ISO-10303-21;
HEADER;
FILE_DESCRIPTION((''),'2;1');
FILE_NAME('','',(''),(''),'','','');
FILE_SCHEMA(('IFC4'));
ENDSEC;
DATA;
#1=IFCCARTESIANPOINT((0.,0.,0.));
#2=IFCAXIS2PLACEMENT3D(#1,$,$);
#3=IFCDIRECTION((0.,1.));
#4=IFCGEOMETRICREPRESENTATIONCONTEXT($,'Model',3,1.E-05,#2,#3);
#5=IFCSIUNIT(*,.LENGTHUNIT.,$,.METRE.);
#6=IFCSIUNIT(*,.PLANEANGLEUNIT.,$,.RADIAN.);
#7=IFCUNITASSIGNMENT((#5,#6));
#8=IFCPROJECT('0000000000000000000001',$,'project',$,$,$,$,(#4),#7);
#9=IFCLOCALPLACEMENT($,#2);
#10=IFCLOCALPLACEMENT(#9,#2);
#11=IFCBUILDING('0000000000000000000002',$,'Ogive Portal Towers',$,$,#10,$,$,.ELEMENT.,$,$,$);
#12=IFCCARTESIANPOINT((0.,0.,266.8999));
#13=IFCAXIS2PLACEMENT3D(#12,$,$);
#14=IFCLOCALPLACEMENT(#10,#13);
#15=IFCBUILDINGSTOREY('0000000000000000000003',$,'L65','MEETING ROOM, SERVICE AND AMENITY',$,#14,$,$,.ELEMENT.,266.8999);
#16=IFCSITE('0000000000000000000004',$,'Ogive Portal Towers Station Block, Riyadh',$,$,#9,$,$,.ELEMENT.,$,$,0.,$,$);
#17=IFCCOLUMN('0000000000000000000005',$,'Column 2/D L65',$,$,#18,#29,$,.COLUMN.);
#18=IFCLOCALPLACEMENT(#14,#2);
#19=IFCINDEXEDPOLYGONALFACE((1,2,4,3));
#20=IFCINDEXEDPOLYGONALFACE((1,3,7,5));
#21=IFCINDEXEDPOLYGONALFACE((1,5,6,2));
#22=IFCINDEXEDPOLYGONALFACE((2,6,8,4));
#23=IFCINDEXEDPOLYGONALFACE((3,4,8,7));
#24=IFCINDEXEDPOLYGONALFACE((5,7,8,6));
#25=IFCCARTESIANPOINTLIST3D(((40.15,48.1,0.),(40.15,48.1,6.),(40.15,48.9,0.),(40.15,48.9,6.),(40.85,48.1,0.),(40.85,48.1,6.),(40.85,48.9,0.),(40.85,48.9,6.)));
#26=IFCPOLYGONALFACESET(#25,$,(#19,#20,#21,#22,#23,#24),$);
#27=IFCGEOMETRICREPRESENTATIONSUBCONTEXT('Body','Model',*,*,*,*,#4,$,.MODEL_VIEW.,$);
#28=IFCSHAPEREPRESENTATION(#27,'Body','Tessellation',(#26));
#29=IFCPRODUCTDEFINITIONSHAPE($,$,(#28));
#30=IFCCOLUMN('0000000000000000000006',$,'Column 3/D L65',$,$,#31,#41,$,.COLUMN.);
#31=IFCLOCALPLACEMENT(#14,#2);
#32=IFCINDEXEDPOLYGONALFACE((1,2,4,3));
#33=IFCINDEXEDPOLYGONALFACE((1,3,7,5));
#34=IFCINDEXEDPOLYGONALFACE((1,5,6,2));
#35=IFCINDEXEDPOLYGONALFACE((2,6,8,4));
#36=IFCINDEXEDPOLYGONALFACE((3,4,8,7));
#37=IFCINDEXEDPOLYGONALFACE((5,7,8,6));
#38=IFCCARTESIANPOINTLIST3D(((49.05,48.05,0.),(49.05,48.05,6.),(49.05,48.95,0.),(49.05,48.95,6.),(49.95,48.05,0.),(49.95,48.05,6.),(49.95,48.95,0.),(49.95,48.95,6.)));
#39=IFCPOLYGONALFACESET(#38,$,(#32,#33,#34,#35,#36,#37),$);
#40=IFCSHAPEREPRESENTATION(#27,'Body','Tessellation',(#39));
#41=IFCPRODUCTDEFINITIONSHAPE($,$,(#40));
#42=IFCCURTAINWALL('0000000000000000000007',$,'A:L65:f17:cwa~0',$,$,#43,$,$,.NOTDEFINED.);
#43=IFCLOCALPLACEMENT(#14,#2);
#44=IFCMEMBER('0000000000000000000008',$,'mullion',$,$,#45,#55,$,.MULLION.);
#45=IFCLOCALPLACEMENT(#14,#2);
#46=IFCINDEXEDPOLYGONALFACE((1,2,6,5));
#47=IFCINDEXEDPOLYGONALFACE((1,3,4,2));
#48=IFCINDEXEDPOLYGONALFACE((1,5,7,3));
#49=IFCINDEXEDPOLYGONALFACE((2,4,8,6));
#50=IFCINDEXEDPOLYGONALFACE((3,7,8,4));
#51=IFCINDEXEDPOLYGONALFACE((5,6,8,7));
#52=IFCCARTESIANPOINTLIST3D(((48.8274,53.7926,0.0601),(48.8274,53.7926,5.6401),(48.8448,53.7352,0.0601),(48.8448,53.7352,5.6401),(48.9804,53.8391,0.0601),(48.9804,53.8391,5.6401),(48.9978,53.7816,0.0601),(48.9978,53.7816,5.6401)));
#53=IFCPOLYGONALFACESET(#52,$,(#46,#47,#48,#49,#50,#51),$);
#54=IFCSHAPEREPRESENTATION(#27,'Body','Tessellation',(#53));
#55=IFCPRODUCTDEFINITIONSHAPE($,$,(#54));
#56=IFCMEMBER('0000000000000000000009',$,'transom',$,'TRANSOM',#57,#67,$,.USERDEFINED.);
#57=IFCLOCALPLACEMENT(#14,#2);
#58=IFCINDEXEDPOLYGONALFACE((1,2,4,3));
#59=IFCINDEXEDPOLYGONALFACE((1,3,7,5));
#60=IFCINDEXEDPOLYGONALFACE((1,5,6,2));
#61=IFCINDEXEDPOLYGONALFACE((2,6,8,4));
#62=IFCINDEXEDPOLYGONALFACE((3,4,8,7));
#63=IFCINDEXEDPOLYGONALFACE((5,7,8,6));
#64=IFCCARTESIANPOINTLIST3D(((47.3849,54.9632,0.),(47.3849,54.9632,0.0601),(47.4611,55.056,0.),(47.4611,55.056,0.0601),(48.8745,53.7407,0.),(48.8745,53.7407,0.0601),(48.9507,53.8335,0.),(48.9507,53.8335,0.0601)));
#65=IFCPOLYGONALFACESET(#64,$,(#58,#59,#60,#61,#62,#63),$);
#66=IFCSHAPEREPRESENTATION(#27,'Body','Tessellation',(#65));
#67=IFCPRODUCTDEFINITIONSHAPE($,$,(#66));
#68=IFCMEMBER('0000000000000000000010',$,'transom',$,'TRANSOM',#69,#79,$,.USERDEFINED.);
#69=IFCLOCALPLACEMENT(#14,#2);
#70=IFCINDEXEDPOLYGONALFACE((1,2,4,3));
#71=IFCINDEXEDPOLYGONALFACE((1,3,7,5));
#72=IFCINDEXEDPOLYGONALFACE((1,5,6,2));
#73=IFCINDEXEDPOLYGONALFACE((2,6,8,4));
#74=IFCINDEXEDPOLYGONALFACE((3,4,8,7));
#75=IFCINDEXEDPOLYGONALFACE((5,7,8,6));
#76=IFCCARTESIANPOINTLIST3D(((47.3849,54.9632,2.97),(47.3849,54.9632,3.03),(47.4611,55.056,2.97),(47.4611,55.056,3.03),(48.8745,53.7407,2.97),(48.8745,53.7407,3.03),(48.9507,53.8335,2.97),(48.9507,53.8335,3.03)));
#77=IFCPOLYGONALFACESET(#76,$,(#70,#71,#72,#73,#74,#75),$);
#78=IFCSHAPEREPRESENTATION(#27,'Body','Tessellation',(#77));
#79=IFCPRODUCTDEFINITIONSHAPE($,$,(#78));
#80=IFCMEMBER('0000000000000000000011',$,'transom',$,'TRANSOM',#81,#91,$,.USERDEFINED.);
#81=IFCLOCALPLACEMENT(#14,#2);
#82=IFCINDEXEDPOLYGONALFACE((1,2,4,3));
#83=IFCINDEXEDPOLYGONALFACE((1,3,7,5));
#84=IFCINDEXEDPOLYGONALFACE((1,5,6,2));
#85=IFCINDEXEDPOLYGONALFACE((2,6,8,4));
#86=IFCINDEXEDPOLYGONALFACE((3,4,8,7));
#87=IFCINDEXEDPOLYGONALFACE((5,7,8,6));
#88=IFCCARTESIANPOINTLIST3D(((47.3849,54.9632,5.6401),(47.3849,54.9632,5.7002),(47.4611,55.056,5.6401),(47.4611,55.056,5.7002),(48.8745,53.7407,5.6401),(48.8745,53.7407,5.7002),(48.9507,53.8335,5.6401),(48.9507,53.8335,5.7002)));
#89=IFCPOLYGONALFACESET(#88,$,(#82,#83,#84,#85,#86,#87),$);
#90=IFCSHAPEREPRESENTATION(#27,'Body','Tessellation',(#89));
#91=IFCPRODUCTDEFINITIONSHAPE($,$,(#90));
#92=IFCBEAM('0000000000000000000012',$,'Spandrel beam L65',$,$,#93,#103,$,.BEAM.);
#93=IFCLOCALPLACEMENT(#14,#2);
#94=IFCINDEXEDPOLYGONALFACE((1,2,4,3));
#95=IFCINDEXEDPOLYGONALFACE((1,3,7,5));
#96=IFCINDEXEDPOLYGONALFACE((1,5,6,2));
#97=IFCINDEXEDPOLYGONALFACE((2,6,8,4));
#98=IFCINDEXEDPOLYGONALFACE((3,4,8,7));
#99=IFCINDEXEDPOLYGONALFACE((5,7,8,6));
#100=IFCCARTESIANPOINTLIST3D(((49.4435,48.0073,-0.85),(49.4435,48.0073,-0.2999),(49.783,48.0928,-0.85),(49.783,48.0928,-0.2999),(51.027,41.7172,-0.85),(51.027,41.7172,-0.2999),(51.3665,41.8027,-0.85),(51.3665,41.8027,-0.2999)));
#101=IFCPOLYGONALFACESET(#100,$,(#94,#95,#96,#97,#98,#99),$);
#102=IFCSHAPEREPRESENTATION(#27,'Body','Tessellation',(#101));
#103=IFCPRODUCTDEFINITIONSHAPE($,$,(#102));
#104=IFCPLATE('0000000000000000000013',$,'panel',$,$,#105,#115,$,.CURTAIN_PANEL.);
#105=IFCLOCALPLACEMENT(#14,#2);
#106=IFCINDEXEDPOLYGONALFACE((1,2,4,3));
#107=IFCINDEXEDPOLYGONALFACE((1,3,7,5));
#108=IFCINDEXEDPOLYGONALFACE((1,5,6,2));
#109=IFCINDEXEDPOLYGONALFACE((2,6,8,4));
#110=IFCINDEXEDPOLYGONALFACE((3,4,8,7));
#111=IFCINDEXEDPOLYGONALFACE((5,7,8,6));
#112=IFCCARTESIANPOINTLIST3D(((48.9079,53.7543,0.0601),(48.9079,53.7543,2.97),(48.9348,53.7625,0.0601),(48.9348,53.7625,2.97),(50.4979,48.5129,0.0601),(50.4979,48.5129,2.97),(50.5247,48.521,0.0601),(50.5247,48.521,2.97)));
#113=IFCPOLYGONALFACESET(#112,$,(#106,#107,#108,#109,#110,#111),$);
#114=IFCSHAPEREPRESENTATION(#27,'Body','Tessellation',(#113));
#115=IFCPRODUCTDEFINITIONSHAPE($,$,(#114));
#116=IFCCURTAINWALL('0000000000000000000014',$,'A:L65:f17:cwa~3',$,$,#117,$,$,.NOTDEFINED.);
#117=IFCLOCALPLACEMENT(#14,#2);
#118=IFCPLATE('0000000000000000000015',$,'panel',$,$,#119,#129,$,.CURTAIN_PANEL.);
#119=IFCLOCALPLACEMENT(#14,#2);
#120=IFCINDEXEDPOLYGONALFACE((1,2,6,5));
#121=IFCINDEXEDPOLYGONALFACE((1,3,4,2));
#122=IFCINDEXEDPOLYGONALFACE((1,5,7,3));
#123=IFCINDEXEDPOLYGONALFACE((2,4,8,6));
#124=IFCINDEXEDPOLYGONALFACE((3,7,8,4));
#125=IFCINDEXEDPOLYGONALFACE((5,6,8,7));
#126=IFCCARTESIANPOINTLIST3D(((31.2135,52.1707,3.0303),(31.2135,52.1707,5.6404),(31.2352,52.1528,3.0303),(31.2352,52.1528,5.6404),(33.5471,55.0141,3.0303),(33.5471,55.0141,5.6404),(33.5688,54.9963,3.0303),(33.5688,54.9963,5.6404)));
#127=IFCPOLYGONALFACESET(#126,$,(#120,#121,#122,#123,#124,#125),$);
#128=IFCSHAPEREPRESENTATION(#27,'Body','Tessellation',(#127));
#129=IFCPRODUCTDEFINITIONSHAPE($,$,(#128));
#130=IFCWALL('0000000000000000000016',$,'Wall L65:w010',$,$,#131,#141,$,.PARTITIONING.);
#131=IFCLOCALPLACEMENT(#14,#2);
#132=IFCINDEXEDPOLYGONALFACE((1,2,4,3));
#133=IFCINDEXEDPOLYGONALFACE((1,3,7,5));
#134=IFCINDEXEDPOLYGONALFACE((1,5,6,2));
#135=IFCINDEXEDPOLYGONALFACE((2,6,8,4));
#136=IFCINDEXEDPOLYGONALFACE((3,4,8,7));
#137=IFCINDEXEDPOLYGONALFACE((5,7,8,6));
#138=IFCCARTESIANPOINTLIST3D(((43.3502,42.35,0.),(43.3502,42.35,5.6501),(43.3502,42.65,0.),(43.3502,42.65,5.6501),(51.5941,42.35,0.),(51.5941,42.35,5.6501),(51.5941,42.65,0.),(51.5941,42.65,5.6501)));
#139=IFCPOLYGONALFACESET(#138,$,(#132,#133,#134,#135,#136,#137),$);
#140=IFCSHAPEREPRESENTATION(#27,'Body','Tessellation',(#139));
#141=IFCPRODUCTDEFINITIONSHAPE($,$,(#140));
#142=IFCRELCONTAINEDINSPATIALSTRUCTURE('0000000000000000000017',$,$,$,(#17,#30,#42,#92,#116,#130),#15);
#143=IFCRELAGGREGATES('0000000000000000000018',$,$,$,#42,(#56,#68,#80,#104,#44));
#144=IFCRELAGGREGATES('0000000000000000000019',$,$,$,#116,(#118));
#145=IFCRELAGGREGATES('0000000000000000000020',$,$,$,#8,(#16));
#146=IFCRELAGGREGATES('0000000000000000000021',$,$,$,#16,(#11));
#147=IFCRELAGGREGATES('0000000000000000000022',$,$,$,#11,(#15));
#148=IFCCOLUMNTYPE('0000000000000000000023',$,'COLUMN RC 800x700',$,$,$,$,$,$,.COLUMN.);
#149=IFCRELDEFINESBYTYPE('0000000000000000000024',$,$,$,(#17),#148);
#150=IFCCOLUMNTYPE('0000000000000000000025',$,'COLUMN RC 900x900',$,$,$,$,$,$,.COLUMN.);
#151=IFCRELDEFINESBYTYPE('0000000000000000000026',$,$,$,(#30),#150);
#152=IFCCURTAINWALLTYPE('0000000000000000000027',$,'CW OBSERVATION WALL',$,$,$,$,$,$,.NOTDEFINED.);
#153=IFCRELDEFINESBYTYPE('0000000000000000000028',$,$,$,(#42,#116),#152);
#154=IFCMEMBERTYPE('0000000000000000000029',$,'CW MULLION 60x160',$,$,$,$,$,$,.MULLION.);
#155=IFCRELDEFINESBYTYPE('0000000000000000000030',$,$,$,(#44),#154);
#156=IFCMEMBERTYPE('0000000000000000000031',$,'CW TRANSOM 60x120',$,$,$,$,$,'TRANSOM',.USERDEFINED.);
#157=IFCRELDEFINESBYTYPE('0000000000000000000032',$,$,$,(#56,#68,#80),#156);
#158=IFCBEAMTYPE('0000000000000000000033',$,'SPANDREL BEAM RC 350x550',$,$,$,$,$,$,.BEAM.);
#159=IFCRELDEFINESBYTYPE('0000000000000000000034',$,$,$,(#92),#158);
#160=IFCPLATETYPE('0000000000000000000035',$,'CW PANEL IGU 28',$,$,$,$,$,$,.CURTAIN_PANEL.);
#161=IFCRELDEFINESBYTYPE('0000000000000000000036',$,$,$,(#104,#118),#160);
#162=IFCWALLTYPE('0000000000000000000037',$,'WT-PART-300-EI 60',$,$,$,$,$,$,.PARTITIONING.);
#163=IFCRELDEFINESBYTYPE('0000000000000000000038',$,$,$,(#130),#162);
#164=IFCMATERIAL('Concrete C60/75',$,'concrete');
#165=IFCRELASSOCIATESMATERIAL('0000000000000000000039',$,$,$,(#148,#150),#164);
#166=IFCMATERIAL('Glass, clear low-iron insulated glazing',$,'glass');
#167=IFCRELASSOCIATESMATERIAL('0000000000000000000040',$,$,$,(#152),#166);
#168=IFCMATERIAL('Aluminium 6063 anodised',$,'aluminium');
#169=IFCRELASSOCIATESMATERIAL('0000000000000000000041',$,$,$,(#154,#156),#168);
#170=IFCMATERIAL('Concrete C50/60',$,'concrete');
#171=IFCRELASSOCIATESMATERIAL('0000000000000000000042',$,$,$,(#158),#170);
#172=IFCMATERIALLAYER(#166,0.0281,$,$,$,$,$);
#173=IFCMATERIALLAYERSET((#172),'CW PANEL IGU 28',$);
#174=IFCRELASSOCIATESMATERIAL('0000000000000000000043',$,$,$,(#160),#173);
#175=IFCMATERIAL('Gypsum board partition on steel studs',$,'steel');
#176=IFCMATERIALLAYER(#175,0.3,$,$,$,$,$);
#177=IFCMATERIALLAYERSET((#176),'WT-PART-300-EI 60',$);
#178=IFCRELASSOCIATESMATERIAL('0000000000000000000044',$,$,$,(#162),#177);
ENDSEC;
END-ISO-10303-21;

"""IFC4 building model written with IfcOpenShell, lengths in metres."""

from ifc_helpers import new_model, si_unit, direction, frame, frame_2d, origin, origin_2d, place, context, subcontext, project, spatial, rectangle, extrude, material, layer, layer_set, material_profile, profile_set, type_object, element, aggregate, save


model = new_model("IFC4")

# Units and contexts
model_context = context("Model", 3, precision=1e-05, world=origin(), true_north=direction((0.0, 1.0)))
body_context = subcontext(model_context, "Body", "Model", "MODEL_VIEW")
ifc_project = project(units=[si_unit("LENGTHUNIT", "METRE"), si_unit("PLANEANGLEUNIT", "RADIAN")], contexts=[model_context])

# Site, building, storey
site_placement = place(None, origin())
site = spatial("IfcSite", under=ifc_project, at=site_placement, Name="Ogive Portal Towers Station Block, Riyadh", CompositionType="ELEMENT", RefElevation=0.0)
building_placement = place(site_placement, origin())
building = spatial("IfcBuilding", under=site, at=building_placement, Name="Ogive Portal Towers", CompositionType="ELEMENT")
storey_placement = place(building_placement, frame((0.0, 0.0, 266.8999)))
storey = spatial("IfcBuildingStorey", under=building, at=storey_placement, Name="L65", Description="MEETING ROOM, SERVICE AND AMENITY", CompositionType="ELEMENT", Elevation=266.8999)

# Columns
ifc_material_1 = material(Name="Concrete C60/75", Category="concrete")
ifc_material_profile_1 = material_profile(ifc_material_1, rectangle(XDim=0.8, YDim=0.7, at=origin_2d()), Name="RC 800x700")
ifc_profile_set_1 = profile_set([ifc_material_profile_1], Name="Concrete C60/75")
column_type_1 = type_object("IfcColumnType", Name="COLUMN RC 800x700", PredefinedType="COLUMN", material=ifc_profile_set_1)
column_1_placement = place(storey_placement, frame((40.5, 48.5, 0.0), z_axis=(0.0, 0.0, 1.0), x_axis=(0.0, 1.0, 0.0)))
element("IfcColumn", 1, at=column_1_placement, inside=storey, type_object=column_type_1, Name="Column 2/D L65", PredefinedType="COLUMN", context=body_context, shape_type="SweptSolid", body=[
    extrude(rectangle(XDim=0.8, YDim=0.7, at=origin_2d()), origin(), (0.0, 0.0, 1.0), 6.0),
])
ifc_material_profile_2 = material_profile(ifc_material_1, rectangle(XDim=0.8999, YDim=0.8999, at=origin_2d()), Name="RC 900x900")
ifc_profile_set_2 = profile_set([ifc_material_profile_2], Name="Concrete C60/75")
column_type_2 = type_object("IfcColumnType", Name="COLUMN RC 900x900", PredefinedType="COLUMN", material=ifc_profile_set_2)
column_2_placement = place(storey_placement, frame((49.5, 48.5, 0.0), z_axis=(0.0, 0.0, 1.0), x_axis=(1.0, 0.0, 0.0)))
element("IfcColumn", 2, at=column_2_placement, inside=storey, type_object=column_type_2, Name="Column 3/D L65", PredefinedType="COLUMN", context=body_context, shape_type="SweptSolid", body=[
    extrude(rectangle(XDim=0.8999, YDim=0.8999, at=origin_2d()), origin(), (0.0, 0.0, 1.0), 6.0),
])

# Curtain wall, members
ifc_material_2 = material(Name="Glass, clear low-iron insulated glazing", Category="glass")
curtain_wall_type = type_object("IfcCurtainWallType", Name="CW OBSERVATION WALL", PredefinedType="NOTDEFINED", material=ifc_material_2)
curtain_wall_1_placement = place(storey_placement, origin())
curtain_wall_1 = element("IfcCurtainWall", 3, at=curtain_wall_1_placement, inside=storey, type_object=curtain_wall_type, Name="A:L65:f17:cwa~0", PredefinedType="NOTDEFINED")
ifc_material_3 = material(Name="Aluminium 6063 anodised", Category="aluminium")
ifc_material_profile_3 = material_profile(ifc_material_3, rectangle(XDim=0.1599, YDim=0.0601, at=origin_2d()), Name="AL 60x160")
ifc_profile_set_3 = profile_set([ifc_material_profile_3], Name="Aluminium 6063 anodised")
member_type_1 = type_object("IfcMemberType", Name="CW MULLION 60x160", PredefinedType="MULLION", material=ifc_profile_set_3)
member_1_placement = place(storey_placement, frame((48.9126, 53.7871, 0.0601), z_axis=(0.0, 0.0, 1.0), x_axis=(-0.95694, -0.290285, 0.0)))
member_1 = element("IfcMember", 4, at=member_1_placement, type_object=member_type_1, Name="mullion", PredefinedType="MULLION", context=body_context, shape_type="SweptSolid", body=[
    extrude(rectangle(XDim=0.1599, YDim=0.0601, at=origin_2d()), origin(), (0.0, 0.0, 1.0), 5.5801),
])
ifc_material_profile_4 = material_profile(ifc_material_3, rectangle(XDim=0.1201, YDim=0.0601, at=origin_2d()), Name="AL 120x60")
ifc_profile_set_4 = profile_set([ifc_material_profile_4], Name="Aluminium 6063 anodised")
member_type_2 = type_object("IfcMemberType", Name="CW TRANSOM 60x120", ElementType="TRANSOM", PredefinedType="USERDEFINED", material=ifc_profile_set_4)
member_2_placement = place(storey_placement, frame((48.9126, 53.7871, 0.03), z_axis=(-0.773008, 0.634396, 0.0), x_axis=(-0.634396, -0.773008, 0.0)))
member_2 = element("IfcMember", 5, at=member_2_placement, type_object=member_type_2, Name="transom", ObjectType="TRANSOM", PredefinedType="USERDEFINED", context=body_context, shape_type="SweptSolid", body=[
    extrude(rectangle(XDim=0.1201, YDim=0.0601, at=origin_2d()), origin(), (0.0, 0.0, 1.0), 1.927),
])
member_3_placement = place(storey_placement, frame((48.9126, 53.7871, 3.0), z_axis=(-0.773008, 0.634396, 0.0), x_axis=(-0.634396, -0.773008, 0.0)))
member_3 = element("IfcMember", 6, at=member_3_placement, type_object=member_type_2, Name="transom", ObjectType="TRANSOM", PredefinedType="USERDEFINED", context=body_context, shape_type="SweptSolid", body=[
    extrude(rectangle(XDim=0.1201, YDim=0.0601, at=origin_2d()), origin(), (0.0, 0.0, 1.0), 1.927),
])
member_4_placement = place(storey_placement, frame((48.9126, 53.7871, 5.6702), z_axis=(-0.773008, 0.634396, 0.0), x_axis=(-0.634396, -0.773008, 0.0)))
member_4 = element("IfcMember", 7, at=member_4_placement, type_object=member_type_2, Name="transom", ObjectType="TRANSOM", PredefinedType="USERDEFINED", context=body_context, shape_type="SweptSolid", body=[
    extrude(rectangle(XDim=0.1201, YDim=0.0601, at=origin_2d()), origin(), (0.0, 0.0, 1.0), 1.927),
])

# Beam
ifc_material_4 = material(Name="Concrete C50/60", Category="concrete")
ifc_material_profile_5 = material_profile(ifc_material_4, rectangle(XDim=0.3501, YDim=0.55, at=origin_2d()), Name="RC 350x550")
ifc_profile_set_5 = profile_set([ifc_material_profile_5], Name="Concrete C50/60")
beam_type = type_object("IfcBeamType", Name="SPANDREL BEAM RC 350x550", PredefinedType="BEAM", material=ifc_profile_set_5)
beam_placement = place(storey_placement, frame((49.6133, 48.05, -0.575), z_axis=(0.244129, -0.969743, 0.0), x_axis=(0.969743, 0.244129, 0.0)))
element("IfcBeam", 8, at=beam_placement, inside=storey, type_object=beam_type, Name="Spandrel beam L65", PredefinedType="BEAM", context=body_context, shape_type="SweptSolid", body=[
    extrude(rectangle(XDim=0.3501, YDim=0.55, at=origin_2d()), origin(), (0.0, 0.0, 1.0), 6.4863),
])

# Plate
ifc_layer_1 = layer(ifc_material_2, 0.0281)
ifc_layer_set_1 = layer_set([ifc_layer_1], Name="CW PANEL IGU 28")
plate_type = type_object("IfcPlateType", Name="CW PANEL IGU 28", PredefinedType="CURTAIN_PANEL", material=ifc_layer_set_1)
plate_1_placement = place(storey_placement, frame((49.7163, 51.1377, 0.0601), z_axis=(0.0, 0.0, 1.0), x_axis=(-0.290285, 0.95694, 0.0)))
plate_1 = element("IfcPlate", 9, at=plate_1_placement, type_object=plate_type, Name="panel", PredefinedType="CURTAIN_PANEL", context=body_context, shape_type="SweptSolid", body=[
    extrude(rectangle(XDim=5.4773, YDim=0.0281, at=origin_2d()), origin(), (0.0, 0.0, 1.0), 2.9099),
])
aggregate(curtain_wall_1, [member_2, member_3, member_4, plate_1, member_1])

# Curtain wall, plate
curtain_wall_2_placement = place(storey_placement, origin())
curtain_wall_2 = element("IfcCurtainWall", 10, at=curtain_wall_2_placement, inside=storey, type_object=curtain_wall_type, Name="A:L65:f17:cwa~3", PredefinedType="NOTDEFINED")
plate_2_placement = place(storey_placement, frame((32.3911, 53.5835, 3.0303), z_axis=(0.0, 0.0, 1.0), x_axis=(-0.634393, -0.77301, 0.0)))
plate_2 = element("IfcPlate", 11, at=plate_2_placement, type_object=plate_type, Name="panel", PredefinedType="CURTAIN_PANEL", context=body_context, shape_type="SweptSolid", body=[
    extrude(rectangle(XDim=3.6785, YDim=0.0281, at=origin_2d()), origin(), (0.0, 0.0, 1.0), 2.6101),
])
aggregate(curtain_wall_2, [plate_2])

# Wall
ifc_material_5 = material(Name="Gypsum board partition on steel studs", Category="steel")
ifc_layer_2 = layer(ifc_material_5, 0.3)
ifc_layer_set_2 = layer_set([ifc_layer_2], Name="WT-PART-300-EI 60")
wall_type = type_object("IfcWallType", Name="WT-PART-300-EI 60", PredefinedType="PARTITIONING", material=ifc_layer_set_2)
wall_1_placement = place(storey_placement, frame((43.3501, 42.5, 0.0), z_axis=(0.0, 0.0, 1.0), x_axis=(1.0, 0.0, 0.0)))
element("IfcWall", 12, at=wall_1_placement, inside=storey, type_object=wall_type, Name="Wall L65:w010", PredefinedType="PARTITIONING", context=body_context, shape_type="SweptSolid", body=[
    extrude(rectangle(XDim=8.2439, YDim=0.3, at=frame_2d((4.1221, 0.0))), origin(), (0.0, 0.0, 1.0), 5.6501),
])

save(model, "model.ifc")
